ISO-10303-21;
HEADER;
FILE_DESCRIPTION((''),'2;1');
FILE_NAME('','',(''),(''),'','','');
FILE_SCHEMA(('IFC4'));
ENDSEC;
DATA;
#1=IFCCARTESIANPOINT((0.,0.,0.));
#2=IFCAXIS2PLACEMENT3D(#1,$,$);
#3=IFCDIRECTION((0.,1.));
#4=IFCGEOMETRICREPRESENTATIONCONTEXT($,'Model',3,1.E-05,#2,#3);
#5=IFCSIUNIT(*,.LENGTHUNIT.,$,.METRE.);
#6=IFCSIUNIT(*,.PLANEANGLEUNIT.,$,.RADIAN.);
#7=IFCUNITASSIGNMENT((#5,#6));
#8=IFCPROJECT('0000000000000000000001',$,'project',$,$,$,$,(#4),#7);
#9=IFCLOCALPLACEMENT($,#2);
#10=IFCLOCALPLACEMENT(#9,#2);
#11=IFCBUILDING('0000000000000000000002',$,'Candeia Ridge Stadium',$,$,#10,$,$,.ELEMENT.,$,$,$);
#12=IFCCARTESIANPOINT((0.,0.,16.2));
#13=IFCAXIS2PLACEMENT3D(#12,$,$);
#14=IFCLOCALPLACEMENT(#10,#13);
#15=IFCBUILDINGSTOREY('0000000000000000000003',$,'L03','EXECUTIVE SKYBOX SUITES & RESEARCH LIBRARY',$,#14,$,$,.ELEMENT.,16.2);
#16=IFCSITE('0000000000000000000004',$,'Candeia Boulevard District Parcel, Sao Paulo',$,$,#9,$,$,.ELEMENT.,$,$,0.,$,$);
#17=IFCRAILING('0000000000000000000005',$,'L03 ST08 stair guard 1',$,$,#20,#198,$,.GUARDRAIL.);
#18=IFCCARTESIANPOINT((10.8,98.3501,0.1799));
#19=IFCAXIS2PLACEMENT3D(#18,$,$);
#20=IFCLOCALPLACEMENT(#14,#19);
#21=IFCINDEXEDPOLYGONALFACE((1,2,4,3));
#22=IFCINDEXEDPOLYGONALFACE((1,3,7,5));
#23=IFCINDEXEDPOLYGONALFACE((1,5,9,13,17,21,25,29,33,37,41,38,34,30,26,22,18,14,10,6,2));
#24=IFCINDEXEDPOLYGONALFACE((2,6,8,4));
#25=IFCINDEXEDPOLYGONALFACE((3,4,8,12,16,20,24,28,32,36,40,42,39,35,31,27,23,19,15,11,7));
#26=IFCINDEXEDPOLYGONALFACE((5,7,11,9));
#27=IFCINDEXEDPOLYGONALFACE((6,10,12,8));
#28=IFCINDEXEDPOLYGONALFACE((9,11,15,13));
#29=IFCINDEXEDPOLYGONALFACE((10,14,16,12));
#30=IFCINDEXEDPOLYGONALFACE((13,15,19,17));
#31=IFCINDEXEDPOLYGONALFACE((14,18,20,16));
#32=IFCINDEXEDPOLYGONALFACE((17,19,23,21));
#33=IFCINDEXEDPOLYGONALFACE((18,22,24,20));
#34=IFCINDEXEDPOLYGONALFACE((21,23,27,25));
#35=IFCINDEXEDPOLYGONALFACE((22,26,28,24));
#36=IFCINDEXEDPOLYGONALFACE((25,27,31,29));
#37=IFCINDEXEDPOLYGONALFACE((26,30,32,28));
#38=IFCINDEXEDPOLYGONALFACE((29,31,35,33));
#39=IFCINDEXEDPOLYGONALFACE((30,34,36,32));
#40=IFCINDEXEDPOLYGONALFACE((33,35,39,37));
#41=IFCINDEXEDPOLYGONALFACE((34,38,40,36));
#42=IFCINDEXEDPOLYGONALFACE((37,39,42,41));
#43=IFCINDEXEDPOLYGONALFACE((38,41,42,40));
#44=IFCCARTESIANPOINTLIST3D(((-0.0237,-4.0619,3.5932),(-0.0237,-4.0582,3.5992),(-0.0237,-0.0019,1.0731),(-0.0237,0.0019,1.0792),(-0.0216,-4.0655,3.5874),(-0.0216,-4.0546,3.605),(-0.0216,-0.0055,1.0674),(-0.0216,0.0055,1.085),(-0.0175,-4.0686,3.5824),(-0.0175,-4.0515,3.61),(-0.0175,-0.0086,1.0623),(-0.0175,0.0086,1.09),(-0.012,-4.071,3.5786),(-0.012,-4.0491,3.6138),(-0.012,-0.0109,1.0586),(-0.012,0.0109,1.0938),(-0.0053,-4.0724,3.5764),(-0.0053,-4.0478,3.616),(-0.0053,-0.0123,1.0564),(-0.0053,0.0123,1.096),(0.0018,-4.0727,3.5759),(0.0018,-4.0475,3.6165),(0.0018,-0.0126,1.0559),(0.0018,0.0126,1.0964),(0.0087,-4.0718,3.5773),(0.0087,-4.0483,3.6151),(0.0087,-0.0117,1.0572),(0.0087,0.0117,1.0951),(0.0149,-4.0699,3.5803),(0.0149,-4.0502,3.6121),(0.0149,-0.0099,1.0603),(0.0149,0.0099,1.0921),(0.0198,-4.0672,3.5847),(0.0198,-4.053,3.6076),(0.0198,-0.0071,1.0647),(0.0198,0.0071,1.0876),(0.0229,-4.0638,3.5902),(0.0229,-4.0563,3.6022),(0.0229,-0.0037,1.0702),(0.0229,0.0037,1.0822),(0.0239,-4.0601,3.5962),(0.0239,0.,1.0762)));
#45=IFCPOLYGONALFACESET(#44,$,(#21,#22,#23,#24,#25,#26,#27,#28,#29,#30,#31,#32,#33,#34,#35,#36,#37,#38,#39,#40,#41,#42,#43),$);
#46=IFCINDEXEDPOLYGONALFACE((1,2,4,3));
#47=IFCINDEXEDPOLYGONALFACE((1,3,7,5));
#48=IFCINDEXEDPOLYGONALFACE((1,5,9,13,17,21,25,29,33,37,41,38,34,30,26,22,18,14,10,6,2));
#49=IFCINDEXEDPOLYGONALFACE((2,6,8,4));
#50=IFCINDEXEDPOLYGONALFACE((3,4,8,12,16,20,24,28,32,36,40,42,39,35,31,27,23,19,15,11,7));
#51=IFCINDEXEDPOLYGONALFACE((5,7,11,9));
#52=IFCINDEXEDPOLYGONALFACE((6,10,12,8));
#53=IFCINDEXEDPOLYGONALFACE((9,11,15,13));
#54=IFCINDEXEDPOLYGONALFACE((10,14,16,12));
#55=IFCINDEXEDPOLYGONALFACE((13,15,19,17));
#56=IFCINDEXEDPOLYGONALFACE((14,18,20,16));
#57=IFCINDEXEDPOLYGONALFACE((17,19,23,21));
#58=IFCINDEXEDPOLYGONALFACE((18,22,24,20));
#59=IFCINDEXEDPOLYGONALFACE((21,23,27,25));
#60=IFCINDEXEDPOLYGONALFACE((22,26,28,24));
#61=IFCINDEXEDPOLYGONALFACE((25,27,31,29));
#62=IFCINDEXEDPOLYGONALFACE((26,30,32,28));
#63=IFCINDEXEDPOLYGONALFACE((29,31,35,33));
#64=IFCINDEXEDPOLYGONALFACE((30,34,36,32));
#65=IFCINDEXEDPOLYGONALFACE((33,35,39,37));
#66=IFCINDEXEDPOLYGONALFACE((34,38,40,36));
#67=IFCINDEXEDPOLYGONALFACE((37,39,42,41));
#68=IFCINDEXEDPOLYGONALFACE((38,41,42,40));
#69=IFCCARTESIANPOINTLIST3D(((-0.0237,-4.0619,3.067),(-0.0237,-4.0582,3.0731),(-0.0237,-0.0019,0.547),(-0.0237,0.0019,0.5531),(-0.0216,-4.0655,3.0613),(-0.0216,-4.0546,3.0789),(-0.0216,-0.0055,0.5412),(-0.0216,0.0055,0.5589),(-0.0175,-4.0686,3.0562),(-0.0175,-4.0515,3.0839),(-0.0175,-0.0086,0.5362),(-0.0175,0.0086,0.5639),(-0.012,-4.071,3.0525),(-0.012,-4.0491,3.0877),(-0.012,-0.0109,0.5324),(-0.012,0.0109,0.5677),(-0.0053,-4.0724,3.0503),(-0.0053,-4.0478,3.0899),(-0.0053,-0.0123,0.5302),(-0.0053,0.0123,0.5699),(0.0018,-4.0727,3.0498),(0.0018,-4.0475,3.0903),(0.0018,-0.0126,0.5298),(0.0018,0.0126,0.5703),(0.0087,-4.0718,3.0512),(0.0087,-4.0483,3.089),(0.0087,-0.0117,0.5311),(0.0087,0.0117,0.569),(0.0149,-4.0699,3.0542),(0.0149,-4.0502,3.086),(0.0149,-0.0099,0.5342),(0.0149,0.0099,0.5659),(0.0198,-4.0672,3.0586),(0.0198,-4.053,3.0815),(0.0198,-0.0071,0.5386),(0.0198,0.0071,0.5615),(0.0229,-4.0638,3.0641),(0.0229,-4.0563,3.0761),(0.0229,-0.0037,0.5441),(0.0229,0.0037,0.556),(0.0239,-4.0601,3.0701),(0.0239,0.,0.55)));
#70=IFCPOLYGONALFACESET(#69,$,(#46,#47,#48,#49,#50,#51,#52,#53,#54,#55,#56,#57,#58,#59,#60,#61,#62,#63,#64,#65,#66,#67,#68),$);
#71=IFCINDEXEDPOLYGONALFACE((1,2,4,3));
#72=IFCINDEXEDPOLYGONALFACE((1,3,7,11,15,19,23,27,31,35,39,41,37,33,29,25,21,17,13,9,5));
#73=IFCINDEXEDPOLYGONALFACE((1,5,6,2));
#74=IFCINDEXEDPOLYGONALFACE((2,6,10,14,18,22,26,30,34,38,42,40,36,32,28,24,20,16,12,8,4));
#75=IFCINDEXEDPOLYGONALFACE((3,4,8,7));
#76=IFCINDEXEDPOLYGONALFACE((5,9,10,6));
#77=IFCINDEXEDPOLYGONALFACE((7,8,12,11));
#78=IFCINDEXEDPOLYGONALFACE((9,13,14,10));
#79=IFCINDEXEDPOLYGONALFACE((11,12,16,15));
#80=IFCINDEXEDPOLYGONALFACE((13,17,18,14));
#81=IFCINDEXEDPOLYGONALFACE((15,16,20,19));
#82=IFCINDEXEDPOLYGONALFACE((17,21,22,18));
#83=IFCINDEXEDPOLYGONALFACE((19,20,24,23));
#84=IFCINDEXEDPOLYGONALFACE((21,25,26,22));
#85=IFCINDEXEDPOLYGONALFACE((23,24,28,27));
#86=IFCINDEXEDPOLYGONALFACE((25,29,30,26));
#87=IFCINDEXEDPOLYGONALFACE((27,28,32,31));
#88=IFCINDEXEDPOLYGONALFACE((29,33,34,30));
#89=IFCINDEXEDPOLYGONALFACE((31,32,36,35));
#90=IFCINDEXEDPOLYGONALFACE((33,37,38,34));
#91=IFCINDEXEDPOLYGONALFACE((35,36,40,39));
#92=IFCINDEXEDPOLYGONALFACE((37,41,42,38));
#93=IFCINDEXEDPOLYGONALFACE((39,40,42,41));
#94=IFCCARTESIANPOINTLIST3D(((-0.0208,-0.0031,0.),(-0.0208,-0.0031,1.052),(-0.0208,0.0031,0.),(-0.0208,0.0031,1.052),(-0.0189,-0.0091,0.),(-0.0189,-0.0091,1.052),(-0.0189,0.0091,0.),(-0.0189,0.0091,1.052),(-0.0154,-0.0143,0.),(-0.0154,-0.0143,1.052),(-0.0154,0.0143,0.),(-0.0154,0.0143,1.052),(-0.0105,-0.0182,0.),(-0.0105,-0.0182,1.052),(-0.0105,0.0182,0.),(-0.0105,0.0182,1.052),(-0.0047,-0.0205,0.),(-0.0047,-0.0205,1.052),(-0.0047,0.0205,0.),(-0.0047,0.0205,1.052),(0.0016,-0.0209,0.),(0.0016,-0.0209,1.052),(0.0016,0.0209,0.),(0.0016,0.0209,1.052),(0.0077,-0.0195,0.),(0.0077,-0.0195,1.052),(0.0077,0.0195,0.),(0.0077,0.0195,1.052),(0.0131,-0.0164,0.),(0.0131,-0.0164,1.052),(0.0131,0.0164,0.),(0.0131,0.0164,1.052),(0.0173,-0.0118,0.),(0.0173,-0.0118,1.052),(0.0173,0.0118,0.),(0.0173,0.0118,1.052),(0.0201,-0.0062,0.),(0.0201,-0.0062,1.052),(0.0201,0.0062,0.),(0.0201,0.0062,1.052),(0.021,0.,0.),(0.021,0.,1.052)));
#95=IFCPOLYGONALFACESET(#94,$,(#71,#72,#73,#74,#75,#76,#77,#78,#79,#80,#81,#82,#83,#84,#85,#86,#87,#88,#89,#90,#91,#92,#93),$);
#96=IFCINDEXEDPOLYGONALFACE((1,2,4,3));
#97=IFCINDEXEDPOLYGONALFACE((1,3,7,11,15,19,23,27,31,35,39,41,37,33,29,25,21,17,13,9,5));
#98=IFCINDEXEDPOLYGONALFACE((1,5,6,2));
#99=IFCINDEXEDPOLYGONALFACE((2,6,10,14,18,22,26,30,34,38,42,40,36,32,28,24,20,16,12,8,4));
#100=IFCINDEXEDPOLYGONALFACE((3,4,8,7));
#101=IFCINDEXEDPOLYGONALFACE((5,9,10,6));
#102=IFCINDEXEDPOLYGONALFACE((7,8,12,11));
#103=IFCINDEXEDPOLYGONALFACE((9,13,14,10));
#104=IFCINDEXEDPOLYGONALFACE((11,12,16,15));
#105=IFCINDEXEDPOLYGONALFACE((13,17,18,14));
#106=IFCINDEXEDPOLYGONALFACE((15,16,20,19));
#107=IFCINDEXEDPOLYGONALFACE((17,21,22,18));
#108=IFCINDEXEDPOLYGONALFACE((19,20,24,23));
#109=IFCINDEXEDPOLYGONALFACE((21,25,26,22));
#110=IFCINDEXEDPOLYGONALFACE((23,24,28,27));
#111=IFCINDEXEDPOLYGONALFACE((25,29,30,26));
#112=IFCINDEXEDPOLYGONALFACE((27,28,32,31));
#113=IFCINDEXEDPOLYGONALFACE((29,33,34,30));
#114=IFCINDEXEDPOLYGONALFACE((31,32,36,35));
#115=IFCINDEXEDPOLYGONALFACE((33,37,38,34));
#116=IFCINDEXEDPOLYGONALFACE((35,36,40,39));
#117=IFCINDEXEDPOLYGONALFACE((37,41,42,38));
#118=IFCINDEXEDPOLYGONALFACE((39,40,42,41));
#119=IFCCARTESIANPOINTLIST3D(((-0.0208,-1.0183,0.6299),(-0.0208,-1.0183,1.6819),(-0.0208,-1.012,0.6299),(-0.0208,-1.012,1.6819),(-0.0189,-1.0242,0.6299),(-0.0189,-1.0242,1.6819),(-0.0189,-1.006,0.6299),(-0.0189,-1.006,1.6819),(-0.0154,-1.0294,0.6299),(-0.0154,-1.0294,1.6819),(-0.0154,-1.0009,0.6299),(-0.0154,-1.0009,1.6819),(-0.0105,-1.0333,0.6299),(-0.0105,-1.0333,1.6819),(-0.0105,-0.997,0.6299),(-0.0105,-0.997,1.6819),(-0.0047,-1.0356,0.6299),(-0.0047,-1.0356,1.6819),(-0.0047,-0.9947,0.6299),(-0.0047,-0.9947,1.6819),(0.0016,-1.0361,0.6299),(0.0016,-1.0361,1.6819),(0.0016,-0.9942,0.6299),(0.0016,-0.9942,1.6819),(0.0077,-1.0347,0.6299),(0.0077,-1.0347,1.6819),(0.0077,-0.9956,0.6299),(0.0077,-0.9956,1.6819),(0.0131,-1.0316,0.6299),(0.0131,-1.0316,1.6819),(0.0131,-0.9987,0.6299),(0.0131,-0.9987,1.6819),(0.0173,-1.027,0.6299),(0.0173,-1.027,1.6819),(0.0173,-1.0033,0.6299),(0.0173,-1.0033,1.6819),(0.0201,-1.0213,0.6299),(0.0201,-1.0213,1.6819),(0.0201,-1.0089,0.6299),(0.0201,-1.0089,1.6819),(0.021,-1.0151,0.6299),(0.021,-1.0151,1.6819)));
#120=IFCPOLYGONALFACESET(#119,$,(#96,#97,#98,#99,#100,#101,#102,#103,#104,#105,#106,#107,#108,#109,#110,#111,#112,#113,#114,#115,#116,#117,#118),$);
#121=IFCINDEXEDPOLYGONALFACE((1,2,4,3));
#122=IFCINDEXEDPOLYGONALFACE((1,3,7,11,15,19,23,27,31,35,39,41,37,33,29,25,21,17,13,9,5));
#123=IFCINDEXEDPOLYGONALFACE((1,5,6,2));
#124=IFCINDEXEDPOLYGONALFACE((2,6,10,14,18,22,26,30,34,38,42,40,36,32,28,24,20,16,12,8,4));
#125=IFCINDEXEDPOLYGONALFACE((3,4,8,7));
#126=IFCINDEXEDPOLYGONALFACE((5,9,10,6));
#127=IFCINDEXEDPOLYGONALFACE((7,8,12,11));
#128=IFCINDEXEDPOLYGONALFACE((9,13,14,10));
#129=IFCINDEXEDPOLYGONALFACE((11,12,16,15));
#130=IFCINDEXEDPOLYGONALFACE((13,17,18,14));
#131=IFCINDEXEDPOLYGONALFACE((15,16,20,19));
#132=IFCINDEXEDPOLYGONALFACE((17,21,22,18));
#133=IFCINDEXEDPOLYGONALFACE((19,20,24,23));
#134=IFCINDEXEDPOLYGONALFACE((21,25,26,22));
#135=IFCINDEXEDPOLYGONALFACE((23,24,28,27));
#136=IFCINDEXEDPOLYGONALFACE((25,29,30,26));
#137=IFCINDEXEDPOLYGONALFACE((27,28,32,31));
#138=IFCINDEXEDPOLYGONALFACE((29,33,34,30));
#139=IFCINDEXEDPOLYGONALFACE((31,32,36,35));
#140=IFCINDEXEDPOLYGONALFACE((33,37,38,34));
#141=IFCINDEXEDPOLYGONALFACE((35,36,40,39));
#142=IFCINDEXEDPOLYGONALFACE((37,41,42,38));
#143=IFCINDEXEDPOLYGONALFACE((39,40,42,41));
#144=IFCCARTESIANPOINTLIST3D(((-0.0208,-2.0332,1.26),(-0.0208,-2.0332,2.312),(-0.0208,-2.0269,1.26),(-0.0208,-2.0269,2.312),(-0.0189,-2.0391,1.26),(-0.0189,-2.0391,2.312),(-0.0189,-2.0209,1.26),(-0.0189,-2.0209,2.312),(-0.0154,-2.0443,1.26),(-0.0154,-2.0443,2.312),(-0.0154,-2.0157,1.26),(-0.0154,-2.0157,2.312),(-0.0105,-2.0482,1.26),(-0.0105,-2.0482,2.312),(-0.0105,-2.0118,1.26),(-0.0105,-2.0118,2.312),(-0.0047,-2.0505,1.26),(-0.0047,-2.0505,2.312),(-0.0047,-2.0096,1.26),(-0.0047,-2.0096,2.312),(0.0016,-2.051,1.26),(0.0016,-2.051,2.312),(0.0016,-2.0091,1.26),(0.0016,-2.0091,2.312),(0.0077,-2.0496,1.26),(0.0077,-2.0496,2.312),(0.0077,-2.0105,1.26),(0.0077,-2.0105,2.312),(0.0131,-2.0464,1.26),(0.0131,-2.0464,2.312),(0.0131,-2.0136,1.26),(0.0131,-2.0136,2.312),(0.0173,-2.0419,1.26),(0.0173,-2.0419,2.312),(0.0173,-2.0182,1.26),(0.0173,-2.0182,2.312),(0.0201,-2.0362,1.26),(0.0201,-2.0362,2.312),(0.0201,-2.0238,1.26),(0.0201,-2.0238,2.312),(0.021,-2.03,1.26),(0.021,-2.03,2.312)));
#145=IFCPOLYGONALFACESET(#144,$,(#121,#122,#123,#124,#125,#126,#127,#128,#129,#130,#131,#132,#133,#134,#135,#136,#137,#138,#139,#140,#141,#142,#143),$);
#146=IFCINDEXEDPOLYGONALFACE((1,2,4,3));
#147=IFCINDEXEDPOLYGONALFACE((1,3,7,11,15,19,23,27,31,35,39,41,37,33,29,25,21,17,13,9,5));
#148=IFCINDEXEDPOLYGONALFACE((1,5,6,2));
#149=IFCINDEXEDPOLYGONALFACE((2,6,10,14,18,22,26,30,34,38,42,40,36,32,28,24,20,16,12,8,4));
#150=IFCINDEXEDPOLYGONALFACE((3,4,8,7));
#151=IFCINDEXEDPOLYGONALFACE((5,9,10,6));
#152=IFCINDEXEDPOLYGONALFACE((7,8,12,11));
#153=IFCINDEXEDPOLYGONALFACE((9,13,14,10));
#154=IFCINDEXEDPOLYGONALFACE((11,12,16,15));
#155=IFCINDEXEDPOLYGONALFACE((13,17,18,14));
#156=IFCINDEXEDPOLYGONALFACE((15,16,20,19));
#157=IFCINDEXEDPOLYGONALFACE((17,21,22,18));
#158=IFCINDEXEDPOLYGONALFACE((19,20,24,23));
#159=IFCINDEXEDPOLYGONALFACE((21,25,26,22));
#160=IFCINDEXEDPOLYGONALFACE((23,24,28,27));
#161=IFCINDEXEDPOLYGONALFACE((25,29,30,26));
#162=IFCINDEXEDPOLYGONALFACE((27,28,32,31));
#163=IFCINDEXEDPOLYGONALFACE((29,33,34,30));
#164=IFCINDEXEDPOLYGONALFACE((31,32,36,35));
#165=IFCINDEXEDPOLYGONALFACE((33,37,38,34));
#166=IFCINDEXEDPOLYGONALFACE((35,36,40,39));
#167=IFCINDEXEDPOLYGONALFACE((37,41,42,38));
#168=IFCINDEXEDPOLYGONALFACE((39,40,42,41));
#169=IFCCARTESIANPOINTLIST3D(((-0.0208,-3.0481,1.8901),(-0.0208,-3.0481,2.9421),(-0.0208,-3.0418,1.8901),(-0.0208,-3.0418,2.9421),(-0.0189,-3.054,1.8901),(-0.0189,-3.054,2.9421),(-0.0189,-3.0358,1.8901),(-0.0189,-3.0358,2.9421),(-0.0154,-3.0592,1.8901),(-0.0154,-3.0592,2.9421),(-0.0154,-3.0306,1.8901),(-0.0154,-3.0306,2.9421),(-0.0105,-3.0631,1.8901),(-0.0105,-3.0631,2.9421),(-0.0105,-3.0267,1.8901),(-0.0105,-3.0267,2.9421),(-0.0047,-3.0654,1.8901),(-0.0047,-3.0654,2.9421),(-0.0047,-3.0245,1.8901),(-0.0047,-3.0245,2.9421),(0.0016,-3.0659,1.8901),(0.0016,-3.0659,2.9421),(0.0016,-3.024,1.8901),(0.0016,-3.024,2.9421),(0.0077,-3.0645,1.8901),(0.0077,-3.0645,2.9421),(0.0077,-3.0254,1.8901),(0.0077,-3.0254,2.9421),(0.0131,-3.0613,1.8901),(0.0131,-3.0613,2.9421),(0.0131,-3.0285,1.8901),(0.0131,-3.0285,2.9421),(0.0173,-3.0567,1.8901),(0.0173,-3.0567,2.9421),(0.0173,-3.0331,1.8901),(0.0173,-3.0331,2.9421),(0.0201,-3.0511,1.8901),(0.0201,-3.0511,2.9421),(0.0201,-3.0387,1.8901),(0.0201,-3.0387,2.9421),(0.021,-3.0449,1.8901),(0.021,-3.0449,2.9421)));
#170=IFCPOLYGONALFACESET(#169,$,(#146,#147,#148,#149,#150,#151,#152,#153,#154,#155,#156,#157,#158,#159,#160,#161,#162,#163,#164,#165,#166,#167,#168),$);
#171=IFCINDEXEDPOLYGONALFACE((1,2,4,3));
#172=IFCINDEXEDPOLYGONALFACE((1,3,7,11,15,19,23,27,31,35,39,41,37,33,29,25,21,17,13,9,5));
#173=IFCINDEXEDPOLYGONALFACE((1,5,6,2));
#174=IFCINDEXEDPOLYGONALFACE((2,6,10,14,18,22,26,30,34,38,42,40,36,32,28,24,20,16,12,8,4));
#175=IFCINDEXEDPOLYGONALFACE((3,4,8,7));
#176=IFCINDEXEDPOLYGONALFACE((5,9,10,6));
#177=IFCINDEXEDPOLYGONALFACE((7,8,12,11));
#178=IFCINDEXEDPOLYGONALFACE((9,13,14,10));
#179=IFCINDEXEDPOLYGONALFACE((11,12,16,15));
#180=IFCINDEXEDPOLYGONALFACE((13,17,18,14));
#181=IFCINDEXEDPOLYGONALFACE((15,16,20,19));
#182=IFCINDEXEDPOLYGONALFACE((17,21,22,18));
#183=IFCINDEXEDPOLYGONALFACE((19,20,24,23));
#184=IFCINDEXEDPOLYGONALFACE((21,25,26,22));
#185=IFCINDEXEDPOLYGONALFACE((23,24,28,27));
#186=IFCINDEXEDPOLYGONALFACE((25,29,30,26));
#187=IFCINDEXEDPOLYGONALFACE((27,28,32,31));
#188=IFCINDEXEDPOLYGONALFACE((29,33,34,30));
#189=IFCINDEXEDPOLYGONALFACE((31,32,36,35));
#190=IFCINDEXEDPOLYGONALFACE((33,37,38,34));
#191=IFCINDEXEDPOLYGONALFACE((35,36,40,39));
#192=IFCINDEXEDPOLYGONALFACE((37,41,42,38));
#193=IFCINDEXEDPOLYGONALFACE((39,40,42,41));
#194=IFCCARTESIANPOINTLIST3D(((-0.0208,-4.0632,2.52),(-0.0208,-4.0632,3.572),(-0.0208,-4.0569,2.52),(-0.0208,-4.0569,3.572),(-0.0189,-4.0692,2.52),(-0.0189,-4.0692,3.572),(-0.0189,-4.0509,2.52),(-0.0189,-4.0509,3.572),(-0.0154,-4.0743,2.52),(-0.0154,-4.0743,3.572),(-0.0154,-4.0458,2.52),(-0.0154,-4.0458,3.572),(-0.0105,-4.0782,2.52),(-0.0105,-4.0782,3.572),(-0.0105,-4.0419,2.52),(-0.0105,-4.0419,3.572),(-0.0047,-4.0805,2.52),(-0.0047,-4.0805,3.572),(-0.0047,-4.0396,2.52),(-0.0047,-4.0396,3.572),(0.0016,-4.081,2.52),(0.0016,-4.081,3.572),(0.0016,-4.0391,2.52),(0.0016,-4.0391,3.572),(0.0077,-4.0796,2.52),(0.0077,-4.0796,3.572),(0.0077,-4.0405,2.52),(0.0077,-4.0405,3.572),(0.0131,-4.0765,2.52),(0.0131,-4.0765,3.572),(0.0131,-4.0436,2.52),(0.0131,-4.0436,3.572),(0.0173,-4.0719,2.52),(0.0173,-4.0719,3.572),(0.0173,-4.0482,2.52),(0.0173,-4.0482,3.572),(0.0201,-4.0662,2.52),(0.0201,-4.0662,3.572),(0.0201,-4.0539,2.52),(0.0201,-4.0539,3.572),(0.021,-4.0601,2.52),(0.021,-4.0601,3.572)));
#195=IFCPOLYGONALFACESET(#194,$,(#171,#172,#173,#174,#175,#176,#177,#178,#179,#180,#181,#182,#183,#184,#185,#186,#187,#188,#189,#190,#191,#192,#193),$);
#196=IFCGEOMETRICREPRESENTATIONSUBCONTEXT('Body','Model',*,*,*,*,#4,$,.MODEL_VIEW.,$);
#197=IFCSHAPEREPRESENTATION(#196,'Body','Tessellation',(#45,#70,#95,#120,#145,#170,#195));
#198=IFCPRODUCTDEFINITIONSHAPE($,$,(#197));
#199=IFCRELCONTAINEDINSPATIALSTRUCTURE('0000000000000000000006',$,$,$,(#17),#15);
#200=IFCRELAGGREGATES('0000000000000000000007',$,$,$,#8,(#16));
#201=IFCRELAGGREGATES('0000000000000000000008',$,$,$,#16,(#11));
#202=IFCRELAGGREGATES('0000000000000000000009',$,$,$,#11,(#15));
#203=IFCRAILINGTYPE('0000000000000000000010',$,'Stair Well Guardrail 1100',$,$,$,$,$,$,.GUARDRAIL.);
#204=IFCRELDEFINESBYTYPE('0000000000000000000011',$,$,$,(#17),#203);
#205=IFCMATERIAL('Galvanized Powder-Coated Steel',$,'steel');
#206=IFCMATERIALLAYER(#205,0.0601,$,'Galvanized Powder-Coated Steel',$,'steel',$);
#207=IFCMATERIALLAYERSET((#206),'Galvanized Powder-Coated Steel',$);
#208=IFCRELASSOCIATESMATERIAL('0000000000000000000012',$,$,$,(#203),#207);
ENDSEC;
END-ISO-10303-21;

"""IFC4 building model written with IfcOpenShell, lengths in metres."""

from ifc_helpers import new_model, si_unit, direction, frame, origin, origin_2d, place, context, subcontext, project, spatial, circle, extrude, material, layer, layer_set, type_object, element, save


model = new_model("IFC4")

# Units and contexts
model_context = context("Model", 3, precision=1e-05, world=origin(), true_north=direction((0.0, 1.0)))
body_context = subcontext(model_context, "Body", "Model", "MODEL_VIEW")
ifc_project = project(units=[si_unit("LENGTHUNIT", "METRE"), si_unit("PLANEANGLEUNIT", "RADIAN")], contexts=[model_context])

# Site, building, storey
site_placement = place(None, origin())
site = spatial("IfcSite", under=ifc_project, at=site_placement, Name="Candeia Boulevard District Parcel, Sao Paulo", CompositionType="ELEMENT", RefElevation=0.0)
building_placement = place(site_placement, origin())
building = spatial("IfcBuilding", under=site, at=building_placement, Name="Candeia Ridge Stadium", CompositionType="ELEMENT")
storey_placement = place(building_placement, frame((0.0, 0.0, 16.2)))
storey = spatial("IfcBuildingStorey", under=building, at=storey_placement, Name="L03", Description="EXECUTIVE SKYBOX SUITES & RESEARCH LIBRARY", CompositionType="ELEMENT", Elevation=16.2)

# Railing
ifc_material_1 = material(Name="Galvanized Powder-Coated Steel", Category="steel")
ifc_layer_1 = layer(ifc_material_1, 0.0601, Name="Galvanized Powder-Coated Steel", Category="steel")
ifc_layer_set_1 = layer_set([ifc_layer_1], Name="Galvanized Powder-Coated Steel")
railing_type_1 = type_object("IfcRailingType", Name="Stair Well Guardrail 1100", PredefinedType="GUARDRAIL", material=ifc_layer_set_1)
railing_1_placement = place(storey_placement, frame((10.8, 98.3501, 0.1799)))
element("IfcRailing", 1, at=railing_1_placement, inside=storey, type_object=railing_type_1, Name="L03 ST08 stair guard 1", PredefinedType="GUARDRAIL", context=body_context, shape_type="SweptSolid", body=[
    extrude(circle(Radius=0.0239, at=origin_2d()), frame((0.0, 0.0, 1.0762), z_axis=(0.0, -0.849642, 0.52736), x_axis=(1.0, 0.0, 0.0)), (0.0, 0.0, 1.0), 4.7786),
    extrude(circle(Radius=0.0239, at=origin_2d()), frame((0.0, 0.0, 0.55), z_axis=(0.0, -0.849642, 0.52736), x_axis=(1.0, 0.0, 0.0)), (0.0, 0.0, 1.0), 4.7786),
    extrude(circle(Radius=0.021, at=origin_2d()), origin(), (0.0, 0.0, 1.0), 1.052),
    extrude(circle(Radius=0.021, at=origin_2d()), frame((0.0, -1.0151, 0.6299)), (0.0, 0.0, 1.0), 1.052),
    extrude(circle(Radius=0.021, at=origin_2d()), frame((0.0, -2.03, 1.26)), (0.0, 0.0, 1.0), 1.052),
    extrude(circle(Radius=0.021, at=origin_2d()), frame((0.0, -3.0449, 1.8901)), (0.0, 0.0, 1.0), 1.052),
    extrude(circle(Radius=0.021, at=origin_2d()), frame((0.0, -4.0601, 2.52)), (0.0, 0.0, 1.0), 1.052),
])

save(model, "model.ifc")
